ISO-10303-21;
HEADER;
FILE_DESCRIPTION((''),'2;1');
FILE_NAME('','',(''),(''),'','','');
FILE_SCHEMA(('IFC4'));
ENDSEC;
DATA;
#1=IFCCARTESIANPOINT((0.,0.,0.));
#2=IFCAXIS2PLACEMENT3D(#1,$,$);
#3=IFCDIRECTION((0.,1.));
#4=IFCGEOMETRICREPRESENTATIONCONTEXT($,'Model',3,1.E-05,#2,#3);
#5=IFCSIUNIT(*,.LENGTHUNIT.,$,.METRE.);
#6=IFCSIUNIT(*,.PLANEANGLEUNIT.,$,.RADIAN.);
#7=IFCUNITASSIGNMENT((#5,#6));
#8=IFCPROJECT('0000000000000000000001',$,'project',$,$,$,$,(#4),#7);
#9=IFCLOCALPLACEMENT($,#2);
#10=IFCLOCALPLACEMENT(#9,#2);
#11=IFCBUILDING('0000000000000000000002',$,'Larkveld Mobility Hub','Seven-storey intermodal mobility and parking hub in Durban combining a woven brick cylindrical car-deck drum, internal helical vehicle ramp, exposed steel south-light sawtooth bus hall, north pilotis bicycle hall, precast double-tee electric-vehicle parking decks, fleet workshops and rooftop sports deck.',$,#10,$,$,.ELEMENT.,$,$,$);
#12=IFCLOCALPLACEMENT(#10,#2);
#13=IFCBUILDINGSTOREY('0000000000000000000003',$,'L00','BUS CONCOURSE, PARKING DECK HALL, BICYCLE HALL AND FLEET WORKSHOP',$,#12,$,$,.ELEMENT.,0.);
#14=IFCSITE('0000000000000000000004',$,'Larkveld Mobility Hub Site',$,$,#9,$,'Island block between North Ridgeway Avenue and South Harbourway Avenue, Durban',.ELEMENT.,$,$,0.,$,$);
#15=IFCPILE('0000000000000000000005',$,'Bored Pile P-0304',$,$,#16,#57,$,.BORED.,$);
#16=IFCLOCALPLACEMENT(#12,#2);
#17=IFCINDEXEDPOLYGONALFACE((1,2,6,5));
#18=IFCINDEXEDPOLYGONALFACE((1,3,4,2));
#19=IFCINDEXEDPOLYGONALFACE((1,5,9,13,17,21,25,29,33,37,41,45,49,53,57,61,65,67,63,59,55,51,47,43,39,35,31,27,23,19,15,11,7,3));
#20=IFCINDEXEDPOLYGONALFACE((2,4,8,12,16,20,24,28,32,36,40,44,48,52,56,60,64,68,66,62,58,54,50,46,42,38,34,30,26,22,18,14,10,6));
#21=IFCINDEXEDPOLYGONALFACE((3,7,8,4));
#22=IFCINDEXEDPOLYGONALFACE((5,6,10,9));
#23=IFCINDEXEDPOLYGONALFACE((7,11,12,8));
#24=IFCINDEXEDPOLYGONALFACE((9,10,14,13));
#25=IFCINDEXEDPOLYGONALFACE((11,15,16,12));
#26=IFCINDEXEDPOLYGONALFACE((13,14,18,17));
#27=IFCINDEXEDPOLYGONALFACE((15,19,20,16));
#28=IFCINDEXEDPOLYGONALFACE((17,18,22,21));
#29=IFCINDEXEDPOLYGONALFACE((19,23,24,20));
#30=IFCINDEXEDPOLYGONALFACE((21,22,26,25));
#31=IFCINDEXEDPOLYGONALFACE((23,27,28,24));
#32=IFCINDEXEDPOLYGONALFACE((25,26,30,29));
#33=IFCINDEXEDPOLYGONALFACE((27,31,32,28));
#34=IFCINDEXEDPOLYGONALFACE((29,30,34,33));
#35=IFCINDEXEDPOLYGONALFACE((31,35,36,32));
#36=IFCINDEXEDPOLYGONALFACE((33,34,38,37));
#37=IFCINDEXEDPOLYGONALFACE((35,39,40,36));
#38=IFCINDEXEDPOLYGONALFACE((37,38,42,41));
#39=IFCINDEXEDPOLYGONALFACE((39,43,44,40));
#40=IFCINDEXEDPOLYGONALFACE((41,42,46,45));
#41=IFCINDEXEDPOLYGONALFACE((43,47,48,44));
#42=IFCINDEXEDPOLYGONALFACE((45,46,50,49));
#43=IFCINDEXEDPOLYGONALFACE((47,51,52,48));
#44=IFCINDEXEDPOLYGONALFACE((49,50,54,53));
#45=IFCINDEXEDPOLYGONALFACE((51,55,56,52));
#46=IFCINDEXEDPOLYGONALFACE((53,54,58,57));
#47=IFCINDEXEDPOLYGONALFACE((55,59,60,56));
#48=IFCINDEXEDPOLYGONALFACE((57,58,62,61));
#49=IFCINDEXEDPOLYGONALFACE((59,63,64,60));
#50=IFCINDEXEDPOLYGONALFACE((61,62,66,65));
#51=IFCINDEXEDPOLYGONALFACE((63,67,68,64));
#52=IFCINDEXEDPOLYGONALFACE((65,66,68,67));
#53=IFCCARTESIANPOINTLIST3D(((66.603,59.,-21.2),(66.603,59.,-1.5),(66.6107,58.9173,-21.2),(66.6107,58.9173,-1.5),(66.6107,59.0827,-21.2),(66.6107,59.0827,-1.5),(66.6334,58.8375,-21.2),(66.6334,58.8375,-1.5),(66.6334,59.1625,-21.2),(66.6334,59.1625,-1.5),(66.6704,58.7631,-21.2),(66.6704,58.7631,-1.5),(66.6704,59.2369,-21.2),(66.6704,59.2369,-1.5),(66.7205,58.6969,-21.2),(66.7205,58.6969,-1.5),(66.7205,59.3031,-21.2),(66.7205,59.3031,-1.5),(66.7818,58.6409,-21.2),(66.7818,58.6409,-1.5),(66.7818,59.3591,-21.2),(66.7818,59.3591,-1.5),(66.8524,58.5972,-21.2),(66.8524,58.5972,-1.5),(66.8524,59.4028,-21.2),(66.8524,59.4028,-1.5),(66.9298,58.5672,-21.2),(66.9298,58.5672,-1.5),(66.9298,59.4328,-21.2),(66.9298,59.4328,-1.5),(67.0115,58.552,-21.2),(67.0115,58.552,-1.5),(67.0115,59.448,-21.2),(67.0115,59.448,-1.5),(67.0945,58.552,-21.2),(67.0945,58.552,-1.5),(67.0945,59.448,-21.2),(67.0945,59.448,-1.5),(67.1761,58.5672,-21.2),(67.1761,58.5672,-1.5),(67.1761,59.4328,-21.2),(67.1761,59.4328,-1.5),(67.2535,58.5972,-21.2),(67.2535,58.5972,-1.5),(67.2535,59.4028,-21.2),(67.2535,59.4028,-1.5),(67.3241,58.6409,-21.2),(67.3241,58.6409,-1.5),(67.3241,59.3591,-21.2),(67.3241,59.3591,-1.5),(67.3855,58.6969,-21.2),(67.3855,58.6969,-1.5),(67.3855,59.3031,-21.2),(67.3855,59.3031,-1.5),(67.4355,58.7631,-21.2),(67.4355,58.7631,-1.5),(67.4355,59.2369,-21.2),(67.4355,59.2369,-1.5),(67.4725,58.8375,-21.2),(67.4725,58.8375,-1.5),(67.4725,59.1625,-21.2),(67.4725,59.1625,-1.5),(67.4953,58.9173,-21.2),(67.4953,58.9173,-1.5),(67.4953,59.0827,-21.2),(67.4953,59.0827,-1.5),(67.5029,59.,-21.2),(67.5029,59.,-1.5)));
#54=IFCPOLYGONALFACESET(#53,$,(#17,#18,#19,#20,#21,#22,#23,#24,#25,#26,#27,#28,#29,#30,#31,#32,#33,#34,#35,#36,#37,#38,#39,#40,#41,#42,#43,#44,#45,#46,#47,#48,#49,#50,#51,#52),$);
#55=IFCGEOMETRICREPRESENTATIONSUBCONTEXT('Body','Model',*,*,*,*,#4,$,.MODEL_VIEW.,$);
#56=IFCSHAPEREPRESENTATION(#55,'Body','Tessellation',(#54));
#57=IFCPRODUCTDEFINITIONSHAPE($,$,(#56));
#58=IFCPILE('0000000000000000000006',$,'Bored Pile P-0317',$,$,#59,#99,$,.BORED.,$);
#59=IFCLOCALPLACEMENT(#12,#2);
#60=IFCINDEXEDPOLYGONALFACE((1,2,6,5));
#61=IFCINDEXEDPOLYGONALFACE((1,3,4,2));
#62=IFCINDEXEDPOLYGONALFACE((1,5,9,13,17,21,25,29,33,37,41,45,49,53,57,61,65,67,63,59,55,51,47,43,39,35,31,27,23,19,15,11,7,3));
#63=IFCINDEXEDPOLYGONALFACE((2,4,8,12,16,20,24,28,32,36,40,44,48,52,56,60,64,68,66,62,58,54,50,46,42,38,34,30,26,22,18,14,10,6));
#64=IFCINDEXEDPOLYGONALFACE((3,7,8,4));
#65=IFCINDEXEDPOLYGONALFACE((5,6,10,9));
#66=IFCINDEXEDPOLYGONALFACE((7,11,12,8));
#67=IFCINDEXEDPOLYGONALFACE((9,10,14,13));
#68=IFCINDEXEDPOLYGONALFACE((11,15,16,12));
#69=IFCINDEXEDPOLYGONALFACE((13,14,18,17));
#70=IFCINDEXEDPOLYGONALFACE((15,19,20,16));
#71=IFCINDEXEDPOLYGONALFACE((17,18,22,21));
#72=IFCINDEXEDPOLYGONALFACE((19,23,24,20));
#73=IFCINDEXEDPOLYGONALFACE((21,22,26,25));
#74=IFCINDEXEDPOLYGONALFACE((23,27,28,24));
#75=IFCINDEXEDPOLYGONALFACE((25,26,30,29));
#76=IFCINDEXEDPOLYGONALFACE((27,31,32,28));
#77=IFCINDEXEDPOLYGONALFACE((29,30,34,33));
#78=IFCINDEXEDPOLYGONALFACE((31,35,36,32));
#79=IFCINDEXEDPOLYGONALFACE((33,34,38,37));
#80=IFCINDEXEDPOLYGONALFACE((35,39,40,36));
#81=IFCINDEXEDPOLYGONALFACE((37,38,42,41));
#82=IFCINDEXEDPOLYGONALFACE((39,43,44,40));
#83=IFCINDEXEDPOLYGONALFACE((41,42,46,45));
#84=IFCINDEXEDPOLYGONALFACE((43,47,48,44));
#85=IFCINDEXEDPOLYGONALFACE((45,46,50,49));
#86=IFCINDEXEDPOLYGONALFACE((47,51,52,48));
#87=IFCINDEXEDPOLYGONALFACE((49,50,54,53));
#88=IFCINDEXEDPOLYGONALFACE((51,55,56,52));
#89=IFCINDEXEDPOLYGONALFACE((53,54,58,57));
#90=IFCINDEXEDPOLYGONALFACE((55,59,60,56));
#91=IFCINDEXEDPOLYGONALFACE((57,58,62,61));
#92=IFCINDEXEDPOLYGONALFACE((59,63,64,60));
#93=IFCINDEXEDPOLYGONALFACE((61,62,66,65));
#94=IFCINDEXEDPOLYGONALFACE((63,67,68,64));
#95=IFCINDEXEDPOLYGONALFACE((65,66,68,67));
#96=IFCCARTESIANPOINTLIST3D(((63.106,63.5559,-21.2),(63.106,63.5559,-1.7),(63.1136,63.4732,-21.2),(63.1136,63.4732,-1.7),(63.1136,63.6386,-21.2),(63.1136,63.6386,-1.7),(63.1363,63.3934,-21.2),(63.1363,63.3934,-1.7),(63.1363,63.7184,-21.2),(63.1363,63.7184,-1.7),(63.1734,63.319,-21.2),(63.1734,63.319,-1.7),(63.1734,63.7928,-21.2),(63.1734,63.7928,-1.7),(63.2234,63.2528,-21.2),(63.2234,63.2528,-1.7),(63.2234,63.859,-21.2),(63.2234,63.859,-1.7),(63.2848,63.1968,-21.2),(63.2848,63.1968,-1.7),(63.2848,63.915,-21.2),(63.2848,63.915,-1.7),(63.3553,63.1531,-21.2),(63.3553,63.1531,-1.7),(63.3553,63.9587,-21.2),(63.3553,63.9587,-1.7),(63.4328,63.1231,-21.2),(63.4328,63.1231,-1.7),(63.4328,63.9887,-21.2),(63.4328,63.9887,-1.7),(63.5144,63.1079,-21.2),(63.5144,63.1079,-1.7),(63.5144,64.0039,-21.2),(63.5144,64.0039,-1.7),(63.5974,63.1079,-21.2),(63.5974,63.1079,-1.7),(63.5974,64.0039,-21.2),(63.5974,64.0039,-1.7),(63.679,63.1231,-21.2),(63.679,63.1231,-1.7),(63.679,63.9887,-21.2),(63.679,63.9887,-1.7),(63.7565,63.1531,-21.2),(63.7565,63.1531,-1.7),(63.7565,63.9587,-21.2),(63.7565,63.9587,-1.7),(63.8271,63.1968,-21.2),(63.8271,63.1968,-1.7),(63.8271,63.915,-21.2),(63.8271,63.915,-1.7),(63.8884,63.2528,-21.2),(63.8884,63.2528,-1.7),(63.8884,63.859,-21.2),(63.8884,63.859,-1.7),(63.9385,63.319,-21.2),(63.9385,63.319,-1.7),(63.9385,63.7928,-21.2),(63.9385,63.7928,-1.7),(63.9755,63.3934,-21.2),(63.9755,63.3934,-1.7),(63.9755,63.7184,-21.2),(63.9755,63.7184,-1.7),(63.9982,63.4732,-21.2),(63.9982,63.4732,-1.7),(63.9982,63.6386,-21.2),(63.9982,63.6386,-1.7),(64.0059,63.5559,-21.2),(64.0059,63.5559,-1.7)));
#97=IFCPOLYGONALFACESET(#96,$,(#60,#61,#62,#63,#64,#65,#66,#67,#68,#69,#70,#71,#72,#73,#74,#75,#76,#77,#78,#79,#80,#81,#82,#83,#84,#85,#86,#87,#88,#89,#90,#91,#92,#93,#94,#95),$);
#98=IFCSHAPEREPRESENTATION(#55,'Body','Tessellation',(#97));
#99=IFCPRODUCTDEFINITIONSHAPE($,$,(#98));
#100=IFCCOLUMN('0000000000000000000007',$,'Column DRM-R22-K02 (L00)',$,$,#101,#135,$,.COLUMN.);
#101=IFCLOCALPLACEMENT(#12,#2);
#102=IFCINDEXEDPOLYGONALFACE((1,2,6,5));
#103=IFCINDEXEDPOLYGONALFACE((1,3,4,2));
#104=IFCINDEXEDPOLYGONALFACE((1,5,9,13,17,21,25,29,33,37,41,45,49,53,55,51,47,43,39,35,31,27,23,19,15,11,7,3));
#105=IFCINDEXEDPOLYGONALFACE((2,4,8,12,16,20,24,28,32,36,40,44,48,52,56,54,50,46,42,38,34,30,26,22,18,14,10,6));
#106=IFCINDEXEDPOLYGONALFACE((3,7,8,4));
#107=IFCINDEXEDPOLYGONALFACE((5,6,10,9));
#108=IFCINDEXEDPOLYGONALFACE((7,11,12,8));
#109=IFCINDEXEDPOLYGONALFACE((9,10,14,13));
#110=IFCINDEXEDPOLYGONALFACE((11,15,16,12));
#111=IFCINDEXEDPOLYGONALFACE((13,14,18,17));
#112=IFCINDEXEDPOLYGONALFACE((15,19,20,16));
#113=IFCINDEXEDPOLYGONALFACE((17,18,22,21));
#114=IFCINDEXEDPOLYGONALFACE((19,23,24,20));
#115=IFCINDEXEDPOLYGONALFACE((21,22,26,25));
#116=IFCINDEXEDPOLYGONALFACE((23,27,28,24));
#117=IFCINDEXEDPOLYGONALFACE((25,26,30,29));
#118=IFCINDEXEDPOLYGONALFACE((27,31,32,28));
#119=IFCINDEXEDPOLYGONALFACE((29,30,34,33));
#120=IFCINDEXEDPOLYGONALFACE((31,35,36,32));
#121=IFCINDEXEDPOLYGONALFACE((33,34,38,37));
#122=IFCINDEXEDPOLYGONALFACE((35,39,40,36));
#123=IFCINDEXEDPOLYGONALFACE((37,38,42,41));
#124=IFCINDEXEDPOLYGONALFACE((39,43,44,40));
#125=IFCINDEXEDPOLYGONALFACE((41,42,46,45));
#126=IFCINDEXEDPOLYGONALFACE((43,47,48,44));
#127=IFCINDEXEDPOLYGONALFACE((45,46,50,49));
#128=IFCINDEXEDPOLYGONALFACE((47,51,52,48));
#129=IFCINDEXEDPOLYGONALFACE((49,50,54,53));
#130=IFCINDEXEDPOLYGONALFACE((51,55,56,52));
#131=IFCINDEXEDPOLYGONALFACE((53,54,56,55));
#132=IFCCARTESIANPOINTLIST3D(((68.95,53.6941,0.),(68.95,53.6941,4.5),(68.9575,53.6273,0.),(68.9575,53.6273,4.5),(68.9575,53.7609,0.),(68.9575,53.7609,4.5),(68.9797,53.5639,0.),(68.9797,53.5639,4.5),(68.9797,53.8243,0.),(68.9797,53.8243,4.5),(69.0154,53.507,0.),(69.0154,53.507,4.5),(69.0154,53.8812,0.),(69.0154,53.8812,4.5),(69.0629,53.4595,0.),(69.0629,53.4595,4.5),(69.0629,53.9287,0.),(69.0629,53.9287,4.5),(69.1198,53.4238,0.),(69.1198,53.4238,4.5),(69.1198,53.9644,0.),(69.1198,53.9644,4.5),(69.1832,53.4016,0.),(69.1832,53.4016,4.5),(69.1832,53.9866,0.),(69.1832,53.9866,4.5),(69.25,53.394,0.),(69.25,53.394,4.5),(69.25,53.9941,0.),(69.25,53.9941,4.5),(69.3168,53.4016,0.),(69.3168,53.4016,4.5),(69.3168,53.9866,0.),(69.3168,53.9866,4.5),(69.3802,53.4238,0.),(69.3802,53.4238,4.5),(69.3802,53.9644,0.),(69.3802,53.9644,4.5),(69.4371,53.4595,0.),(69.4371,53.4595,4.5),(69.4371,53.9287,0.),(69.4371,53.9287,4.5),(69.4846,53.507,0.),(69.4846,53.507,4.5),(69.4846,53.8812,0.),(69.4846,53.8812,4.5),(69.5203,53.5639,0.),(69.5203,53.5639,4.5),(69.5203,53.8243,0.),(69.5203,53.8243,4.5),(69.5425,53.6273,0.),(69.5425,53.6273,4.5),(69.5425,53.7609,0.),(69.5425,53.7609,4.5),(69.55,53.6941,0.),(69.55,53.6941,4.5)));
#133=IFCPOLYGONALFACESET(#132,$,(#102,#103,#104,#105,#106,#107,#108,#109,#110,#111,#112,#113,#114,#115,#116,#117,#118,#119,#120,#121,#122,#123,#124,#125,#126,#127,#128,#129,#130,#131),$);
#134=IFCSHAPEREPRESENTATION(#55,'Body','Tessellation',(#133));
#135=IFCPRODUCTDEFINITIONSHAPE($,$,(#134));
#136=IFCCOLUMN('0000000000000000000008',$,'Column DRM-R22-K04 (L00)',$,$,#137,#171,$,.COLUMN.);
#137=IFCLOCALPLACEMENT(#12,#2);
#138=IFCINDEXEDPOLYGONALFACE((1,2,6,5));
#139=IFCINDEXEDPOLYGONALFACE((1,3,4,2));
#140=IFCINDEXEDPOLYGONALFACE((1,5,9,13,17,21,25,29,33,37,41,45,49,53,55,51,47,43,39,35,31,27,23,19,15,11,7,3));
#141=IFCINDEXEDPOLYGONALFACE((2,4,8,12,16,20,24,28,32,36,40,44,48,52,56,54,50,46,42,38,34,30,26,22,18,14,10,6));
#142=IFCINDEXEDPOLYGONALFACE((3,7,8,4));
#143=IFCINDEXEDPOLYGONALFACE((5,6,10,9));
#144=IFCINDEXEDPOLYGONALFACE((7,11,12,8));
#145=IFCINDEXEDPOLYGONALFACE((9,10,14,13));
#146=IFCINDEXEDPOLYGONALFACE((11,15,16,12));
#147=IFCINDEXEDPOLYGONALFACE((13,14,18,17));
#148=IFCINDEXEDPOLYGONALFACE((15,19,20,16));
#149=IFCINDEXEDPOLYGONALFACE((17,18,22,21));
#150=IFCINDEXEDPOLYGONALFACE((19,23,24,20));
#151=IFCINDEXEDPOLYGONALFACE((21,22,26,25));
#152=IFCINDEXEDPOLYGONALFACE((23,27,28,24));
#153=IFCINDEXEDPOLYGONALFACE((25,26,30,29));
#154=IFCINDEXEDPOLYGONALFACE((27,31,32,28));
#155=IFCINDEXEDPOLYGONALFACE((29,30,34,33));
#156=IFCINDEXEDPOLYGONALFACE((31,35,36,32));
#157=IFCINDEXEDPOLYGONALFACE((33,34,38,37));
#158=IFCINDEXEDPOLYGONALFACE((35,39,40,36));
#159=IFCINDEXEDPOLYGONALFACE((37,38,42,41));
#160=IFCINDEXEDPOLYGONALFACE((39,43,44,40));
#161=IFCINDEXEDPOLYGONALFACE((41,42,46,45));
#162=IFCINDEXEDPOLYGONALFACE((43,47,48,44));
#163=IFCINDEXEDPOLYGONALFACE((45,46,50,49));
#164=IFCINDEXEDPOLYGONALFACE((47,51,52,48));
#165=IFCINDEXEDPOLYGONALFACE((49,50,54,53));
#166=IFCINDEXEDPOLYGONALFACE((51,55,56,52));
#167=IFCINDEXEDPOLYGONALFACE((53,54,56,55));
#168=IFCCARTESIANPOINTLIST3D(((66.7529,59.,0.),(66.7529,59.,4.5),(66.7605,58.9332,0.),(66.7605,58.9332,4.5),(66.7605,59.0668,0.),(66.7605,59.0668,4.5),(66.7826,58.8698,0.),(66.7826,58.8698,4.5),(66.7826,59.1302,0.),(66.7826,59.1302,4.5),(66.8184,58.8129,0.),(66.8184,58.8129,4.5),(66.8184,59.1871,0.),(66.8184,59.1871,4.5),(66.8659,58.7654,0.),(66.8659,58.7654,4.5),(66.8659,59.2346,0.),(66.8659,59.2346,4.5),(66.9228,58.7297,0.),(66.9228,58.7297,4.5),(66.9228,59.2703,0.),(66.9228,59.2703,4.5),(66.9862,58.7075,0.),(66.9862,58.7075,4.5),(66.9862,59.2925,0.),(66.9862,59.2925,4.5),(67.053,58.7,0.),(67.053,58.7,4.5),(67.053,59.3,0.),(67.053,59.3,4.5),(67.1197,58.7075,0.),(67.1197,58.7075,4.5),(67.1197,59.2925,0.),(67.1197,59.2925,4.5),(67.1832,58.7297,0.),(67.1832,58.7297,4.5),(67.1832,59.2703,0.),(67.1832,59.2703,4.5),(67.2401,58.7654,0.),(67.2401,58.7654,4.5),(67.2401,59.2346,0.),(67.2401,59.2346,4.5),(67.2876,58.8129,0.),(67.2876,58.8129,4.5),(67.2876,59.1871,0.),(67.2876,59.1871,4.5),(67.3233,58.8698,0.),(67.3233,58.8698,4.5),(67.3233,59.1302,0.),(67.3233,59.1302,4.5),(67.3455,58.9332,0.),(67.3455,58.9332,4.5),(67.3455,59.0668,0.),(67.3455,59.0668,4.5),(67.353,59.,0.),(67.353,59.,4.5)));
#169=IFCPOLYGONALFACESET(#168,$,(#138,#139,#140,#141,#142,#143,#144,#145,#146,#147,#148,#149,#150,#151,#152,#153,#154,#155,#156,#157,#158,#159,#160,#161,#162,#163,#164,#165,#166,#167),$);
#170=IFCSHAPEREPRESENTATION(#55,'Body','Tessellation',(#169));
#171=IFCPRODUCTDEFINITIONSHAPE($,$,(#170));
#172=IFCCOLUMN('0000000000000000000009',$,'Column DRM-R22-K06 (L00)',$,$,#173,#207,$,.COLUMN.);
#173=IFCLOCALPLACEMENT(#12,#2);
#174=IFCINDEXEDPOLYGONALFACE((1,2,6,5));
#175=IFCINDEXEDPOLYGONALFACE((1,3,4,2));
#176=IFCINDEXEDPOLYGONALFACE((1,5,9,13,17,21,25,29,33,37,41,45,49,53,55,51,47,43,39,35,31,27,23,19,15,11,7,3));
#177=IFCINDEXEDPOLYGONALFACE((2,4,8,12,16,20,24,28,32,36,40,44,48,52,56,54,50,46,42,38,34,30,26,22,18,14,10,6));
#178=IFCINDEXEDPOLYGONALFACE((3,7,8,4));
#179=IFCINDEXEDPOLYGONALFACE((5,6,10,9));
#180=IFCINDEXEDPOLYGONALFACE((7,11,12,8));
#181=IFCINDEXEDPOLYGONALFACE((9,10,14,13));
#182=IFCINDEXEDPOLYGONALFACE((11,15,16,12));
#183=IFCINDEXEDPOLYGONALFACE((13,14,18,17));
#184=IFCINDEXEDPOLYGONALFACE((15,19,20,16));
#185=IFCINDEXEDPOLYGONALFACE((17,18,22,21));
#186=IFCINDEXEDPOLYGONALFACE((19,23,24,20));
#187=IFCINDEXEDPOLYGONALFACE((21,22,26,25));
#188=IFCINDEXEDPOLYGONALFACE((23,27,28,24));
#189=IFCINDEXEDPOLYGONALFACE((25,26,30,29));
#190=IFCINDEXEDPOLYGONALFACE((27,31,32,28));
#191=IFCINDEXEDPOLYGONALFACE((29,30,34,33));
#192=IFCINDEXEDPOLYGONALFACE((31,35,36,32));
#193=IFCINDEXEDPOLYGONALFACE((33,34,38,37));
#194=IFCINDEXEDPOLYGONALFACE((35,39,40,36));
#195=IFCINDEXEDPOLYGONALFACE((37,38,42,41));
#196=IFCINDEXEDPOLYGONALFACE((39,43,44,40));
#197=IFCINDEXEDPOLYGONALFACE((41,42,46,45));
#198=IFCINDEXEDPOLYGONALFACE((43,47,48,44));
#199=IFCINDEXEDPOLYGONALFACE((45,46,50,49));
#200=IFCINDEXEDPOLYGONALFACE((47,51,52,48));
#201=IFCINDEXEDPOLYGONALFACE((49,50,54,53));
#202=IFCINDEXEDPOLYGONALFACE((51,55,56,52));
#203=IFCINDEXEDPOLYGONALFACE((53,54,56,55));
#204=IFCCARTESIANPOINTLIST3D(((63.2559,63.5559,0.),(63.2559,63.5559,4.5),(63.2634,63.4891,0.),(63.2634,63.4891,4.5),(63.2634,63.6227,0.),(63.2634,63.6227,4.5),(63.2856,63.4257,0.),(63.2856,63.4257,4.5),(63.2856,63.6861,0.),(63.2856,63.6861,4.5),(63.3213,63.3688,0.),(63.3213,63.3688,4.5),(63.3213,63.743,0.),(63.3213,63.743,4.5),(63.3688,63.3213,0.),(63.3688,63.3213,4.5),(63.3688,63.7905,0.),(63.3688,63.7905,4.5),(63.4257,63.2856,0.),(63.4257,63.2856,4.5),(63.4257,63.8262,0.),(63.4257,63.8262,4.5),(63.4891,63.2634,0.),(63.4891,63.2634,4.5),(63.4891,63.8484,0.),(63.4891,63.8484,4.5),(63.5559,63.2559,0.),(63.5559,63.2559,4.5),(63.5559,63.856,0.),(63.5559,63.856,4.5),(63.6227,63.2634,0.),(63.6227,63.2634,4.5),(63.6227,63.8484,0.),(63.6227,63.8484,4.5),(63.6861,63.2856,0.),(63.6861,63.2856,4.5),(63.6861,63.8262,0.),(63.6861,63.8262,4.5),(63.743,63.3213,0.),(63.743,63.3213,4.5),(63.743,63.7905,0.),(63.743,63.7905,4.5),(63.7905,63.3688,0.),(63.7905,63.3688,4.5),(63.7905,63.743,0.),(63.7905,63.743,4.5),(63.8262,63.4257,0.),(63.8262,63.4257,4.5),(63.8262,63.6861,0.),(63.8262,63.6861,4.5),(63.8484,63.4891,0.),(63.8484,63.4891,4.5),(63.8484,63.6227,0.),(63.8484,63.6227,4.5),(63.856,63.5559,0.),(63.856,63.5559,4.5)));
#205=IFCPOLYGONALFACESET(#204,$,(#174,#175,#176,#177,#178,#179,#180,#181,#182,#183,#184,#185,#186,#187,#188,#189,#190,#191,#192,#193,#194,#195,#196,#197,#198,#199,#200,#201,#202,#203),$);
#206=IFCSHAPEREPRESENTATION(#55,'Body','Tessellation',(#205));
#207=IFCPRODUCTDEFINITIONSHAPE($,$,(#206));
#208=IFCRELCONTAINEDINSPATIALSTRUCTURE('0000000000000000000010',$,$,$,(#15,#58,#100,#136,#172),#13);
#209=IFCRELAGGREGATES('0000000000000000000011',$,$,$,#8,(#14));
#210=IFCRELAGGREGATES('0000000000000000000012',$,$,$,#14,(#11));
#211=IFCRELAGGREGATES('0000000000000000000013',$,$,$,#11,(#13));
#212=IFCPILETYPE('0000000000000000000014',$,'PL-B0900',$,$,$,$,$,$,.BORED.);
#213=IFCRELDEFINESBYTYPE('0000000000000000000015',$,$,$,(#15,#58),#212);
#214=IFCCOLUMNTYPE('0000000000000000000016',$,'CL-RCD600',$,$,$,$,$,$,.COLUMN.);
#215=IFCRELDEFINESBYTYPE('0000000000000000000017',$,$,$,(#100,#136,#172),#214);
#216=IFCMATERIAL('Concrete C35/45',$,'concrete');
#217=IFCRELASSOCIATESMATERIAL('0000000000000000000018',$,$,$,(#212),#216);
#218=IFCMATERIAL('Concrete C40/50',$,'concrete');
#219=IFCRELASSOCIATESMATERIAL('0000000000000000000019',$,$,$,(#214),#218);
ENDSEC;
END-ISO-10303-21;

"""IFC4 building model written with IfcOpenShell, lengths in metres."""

from ifc_helpers import new_model, si_unit, direction, frame, origin, origin_2d, place, context, subcontext, project, spatial, circle, extrude, material, material_profile, profile_set, type_object, element, save


model = new_model("IFC4")

# Units and contexts
model_context = context("Model", 3, precision=1e-05, world=origin(), true_north=direction((0.0, 1.0)))
body_context = subcontext(model_context, "Body", "Model", "MODEL_VIEW")
ifc_project = project(units=[si_unit("LENGTHUNIT", "METRE"), si_unit("PLANEANGLEUNIT", "RADIAN")], contexts=[model_context])

# Site, building, storey
site_placement = place(None, origin())
site = spatial("IfcSite", under=ifc_project, at=site_placement, Name="Larkveld Mobility Hub Site", LongName="Island block between North Ridgeway Avenue and South Harbourway Avenue, Durban", CompositionType="ELEMENT", RefElevation=0.0)
building_placement = place(site_placement, origin())
building = spatial("IfcBuilding", under=site, at=building_placement, Name="Larkveld Mobility Hub", Description="Seven-storey intermodal mobility and parking hub in Durban combining a woven brick cylindrical car-deck drum, internal helical vehicle ramp, exposed steel south-light sawtooth bus hall, north pilotis bicycle hall, precast double-tee electric-vehicle parking decks, fleet workshops and rooftop sports deck.", CompositionType="ELEMENT")
storey_placement = place(building_placement, origin())
storey = spatial("IfcBuildingStorey", under=building, at=storey_placement, Name="L00", Description="BUS CONCOURSE, PARKING DECK HALL, BICYCLE HALL AND FLEET WORKSHOP", CompositionType="ELEMENT", Elevation=0.0)

# Shared definitions
ifc_material_1 = material(Name="Concrete C35/45", Category="concrete")

# Piles
ifc_material_profile_1 = material_profile(ifc_material_1, circle(Radius=0.45, at=origin_2d()), Name="PILE D900")
ifc_profile_set_1 = profile_set([ifc_material_profile_1], Name="Concrete C35/45")
pile_type = type_object("IfcPileType", Name="PL-B0900", PredefinedType="BORED", material=ifc_profile_set_1)
pile_1_placement = place(storey_placement, frame((67.053, 59.0, -1.5), z_axis=(0.0, 0.0, -1.0), x_axis=(1.0, 0.0, 0.0)))
element("IfcPile", 1, at=pile_1_placement, inside=storey, type_object=pile_type, Name="Bored Pile P-0304", PredefinedType="BORED", context=body_context, shape_type="SweptSolid", body=[
    extrude(circle(Radius=0.45, at=origin_2d()), origin(), (0.0, 0.0, 1.0), 19.7),
])
pile_2_placement = place(storey_placement, frame((63.5559, 63.5559, -1.7), z_axis=(0.0, 0.0, -1.0), x_axis=(1.0, 0.0, 0.0)))
element("IfcPile", 2, at=pile_2_placement, inside=storey, type_object=pile_type, Name="Bored Pile P-0317", PredefinedType="BORED", context=body_context, shape_type="SweptSolid", body=[
    extrude(circle(Radius=0.45, at=origin_2d()), origin(), (0.0, 0.0, 1.0), 19.5),
])

# Columns
ifc_material_2 = material(Name="Concrete C40/50", Category="concrete")
ifc_material_profile_2 = material_profile(ifc_material_2, circle(Radius=0.3, at=origin_2d()), Name="RC COL D600")
ifc_profile_set_2 = profile_set([ifc_material_profile_2], Name="Concrete C40/50")
column_type = type_object("IfcColumnType", Name="CL-RCD600", PredefinedType="COLUMN", material=ifc_profile_set_2)
for number, where, z_axis, x_axis, name in (
    (3, (69.25, 53.6941, 0.0), (0.0, 0.0, 1.0), (1.0, 0.0, 0.0), "Column DRM-R22-K02 (L00)"),
    (4, (67.053, 59.0, 0.0), (0.0, 0.0, 1.0), (1.0, 0.0, 0.0), "Column DRM-R22-K04 (L00)"),
    (5, (63.5559, 63.5559, 0.0), (0.0, 0.0, 1.0), (1.0, 0.0, 0.0), "Column DRM-R22-K06 (L00)"),
):
    element("IfcColumn", number, at=place(storey_placement, frame(where, z_axis=z_axis, x_axis=x_axis)), inside=storey, type_object=column_type, Name=name, PredefinedType="COLUMN", context=body_context, shape_type="SweptSolid", body=[
        extrude(circle(Radius=0.3, at=origin_2d()), origin(), (0.0, 0.0, 1.0), 4.5),
    ])

save(model, "model.ifc")
